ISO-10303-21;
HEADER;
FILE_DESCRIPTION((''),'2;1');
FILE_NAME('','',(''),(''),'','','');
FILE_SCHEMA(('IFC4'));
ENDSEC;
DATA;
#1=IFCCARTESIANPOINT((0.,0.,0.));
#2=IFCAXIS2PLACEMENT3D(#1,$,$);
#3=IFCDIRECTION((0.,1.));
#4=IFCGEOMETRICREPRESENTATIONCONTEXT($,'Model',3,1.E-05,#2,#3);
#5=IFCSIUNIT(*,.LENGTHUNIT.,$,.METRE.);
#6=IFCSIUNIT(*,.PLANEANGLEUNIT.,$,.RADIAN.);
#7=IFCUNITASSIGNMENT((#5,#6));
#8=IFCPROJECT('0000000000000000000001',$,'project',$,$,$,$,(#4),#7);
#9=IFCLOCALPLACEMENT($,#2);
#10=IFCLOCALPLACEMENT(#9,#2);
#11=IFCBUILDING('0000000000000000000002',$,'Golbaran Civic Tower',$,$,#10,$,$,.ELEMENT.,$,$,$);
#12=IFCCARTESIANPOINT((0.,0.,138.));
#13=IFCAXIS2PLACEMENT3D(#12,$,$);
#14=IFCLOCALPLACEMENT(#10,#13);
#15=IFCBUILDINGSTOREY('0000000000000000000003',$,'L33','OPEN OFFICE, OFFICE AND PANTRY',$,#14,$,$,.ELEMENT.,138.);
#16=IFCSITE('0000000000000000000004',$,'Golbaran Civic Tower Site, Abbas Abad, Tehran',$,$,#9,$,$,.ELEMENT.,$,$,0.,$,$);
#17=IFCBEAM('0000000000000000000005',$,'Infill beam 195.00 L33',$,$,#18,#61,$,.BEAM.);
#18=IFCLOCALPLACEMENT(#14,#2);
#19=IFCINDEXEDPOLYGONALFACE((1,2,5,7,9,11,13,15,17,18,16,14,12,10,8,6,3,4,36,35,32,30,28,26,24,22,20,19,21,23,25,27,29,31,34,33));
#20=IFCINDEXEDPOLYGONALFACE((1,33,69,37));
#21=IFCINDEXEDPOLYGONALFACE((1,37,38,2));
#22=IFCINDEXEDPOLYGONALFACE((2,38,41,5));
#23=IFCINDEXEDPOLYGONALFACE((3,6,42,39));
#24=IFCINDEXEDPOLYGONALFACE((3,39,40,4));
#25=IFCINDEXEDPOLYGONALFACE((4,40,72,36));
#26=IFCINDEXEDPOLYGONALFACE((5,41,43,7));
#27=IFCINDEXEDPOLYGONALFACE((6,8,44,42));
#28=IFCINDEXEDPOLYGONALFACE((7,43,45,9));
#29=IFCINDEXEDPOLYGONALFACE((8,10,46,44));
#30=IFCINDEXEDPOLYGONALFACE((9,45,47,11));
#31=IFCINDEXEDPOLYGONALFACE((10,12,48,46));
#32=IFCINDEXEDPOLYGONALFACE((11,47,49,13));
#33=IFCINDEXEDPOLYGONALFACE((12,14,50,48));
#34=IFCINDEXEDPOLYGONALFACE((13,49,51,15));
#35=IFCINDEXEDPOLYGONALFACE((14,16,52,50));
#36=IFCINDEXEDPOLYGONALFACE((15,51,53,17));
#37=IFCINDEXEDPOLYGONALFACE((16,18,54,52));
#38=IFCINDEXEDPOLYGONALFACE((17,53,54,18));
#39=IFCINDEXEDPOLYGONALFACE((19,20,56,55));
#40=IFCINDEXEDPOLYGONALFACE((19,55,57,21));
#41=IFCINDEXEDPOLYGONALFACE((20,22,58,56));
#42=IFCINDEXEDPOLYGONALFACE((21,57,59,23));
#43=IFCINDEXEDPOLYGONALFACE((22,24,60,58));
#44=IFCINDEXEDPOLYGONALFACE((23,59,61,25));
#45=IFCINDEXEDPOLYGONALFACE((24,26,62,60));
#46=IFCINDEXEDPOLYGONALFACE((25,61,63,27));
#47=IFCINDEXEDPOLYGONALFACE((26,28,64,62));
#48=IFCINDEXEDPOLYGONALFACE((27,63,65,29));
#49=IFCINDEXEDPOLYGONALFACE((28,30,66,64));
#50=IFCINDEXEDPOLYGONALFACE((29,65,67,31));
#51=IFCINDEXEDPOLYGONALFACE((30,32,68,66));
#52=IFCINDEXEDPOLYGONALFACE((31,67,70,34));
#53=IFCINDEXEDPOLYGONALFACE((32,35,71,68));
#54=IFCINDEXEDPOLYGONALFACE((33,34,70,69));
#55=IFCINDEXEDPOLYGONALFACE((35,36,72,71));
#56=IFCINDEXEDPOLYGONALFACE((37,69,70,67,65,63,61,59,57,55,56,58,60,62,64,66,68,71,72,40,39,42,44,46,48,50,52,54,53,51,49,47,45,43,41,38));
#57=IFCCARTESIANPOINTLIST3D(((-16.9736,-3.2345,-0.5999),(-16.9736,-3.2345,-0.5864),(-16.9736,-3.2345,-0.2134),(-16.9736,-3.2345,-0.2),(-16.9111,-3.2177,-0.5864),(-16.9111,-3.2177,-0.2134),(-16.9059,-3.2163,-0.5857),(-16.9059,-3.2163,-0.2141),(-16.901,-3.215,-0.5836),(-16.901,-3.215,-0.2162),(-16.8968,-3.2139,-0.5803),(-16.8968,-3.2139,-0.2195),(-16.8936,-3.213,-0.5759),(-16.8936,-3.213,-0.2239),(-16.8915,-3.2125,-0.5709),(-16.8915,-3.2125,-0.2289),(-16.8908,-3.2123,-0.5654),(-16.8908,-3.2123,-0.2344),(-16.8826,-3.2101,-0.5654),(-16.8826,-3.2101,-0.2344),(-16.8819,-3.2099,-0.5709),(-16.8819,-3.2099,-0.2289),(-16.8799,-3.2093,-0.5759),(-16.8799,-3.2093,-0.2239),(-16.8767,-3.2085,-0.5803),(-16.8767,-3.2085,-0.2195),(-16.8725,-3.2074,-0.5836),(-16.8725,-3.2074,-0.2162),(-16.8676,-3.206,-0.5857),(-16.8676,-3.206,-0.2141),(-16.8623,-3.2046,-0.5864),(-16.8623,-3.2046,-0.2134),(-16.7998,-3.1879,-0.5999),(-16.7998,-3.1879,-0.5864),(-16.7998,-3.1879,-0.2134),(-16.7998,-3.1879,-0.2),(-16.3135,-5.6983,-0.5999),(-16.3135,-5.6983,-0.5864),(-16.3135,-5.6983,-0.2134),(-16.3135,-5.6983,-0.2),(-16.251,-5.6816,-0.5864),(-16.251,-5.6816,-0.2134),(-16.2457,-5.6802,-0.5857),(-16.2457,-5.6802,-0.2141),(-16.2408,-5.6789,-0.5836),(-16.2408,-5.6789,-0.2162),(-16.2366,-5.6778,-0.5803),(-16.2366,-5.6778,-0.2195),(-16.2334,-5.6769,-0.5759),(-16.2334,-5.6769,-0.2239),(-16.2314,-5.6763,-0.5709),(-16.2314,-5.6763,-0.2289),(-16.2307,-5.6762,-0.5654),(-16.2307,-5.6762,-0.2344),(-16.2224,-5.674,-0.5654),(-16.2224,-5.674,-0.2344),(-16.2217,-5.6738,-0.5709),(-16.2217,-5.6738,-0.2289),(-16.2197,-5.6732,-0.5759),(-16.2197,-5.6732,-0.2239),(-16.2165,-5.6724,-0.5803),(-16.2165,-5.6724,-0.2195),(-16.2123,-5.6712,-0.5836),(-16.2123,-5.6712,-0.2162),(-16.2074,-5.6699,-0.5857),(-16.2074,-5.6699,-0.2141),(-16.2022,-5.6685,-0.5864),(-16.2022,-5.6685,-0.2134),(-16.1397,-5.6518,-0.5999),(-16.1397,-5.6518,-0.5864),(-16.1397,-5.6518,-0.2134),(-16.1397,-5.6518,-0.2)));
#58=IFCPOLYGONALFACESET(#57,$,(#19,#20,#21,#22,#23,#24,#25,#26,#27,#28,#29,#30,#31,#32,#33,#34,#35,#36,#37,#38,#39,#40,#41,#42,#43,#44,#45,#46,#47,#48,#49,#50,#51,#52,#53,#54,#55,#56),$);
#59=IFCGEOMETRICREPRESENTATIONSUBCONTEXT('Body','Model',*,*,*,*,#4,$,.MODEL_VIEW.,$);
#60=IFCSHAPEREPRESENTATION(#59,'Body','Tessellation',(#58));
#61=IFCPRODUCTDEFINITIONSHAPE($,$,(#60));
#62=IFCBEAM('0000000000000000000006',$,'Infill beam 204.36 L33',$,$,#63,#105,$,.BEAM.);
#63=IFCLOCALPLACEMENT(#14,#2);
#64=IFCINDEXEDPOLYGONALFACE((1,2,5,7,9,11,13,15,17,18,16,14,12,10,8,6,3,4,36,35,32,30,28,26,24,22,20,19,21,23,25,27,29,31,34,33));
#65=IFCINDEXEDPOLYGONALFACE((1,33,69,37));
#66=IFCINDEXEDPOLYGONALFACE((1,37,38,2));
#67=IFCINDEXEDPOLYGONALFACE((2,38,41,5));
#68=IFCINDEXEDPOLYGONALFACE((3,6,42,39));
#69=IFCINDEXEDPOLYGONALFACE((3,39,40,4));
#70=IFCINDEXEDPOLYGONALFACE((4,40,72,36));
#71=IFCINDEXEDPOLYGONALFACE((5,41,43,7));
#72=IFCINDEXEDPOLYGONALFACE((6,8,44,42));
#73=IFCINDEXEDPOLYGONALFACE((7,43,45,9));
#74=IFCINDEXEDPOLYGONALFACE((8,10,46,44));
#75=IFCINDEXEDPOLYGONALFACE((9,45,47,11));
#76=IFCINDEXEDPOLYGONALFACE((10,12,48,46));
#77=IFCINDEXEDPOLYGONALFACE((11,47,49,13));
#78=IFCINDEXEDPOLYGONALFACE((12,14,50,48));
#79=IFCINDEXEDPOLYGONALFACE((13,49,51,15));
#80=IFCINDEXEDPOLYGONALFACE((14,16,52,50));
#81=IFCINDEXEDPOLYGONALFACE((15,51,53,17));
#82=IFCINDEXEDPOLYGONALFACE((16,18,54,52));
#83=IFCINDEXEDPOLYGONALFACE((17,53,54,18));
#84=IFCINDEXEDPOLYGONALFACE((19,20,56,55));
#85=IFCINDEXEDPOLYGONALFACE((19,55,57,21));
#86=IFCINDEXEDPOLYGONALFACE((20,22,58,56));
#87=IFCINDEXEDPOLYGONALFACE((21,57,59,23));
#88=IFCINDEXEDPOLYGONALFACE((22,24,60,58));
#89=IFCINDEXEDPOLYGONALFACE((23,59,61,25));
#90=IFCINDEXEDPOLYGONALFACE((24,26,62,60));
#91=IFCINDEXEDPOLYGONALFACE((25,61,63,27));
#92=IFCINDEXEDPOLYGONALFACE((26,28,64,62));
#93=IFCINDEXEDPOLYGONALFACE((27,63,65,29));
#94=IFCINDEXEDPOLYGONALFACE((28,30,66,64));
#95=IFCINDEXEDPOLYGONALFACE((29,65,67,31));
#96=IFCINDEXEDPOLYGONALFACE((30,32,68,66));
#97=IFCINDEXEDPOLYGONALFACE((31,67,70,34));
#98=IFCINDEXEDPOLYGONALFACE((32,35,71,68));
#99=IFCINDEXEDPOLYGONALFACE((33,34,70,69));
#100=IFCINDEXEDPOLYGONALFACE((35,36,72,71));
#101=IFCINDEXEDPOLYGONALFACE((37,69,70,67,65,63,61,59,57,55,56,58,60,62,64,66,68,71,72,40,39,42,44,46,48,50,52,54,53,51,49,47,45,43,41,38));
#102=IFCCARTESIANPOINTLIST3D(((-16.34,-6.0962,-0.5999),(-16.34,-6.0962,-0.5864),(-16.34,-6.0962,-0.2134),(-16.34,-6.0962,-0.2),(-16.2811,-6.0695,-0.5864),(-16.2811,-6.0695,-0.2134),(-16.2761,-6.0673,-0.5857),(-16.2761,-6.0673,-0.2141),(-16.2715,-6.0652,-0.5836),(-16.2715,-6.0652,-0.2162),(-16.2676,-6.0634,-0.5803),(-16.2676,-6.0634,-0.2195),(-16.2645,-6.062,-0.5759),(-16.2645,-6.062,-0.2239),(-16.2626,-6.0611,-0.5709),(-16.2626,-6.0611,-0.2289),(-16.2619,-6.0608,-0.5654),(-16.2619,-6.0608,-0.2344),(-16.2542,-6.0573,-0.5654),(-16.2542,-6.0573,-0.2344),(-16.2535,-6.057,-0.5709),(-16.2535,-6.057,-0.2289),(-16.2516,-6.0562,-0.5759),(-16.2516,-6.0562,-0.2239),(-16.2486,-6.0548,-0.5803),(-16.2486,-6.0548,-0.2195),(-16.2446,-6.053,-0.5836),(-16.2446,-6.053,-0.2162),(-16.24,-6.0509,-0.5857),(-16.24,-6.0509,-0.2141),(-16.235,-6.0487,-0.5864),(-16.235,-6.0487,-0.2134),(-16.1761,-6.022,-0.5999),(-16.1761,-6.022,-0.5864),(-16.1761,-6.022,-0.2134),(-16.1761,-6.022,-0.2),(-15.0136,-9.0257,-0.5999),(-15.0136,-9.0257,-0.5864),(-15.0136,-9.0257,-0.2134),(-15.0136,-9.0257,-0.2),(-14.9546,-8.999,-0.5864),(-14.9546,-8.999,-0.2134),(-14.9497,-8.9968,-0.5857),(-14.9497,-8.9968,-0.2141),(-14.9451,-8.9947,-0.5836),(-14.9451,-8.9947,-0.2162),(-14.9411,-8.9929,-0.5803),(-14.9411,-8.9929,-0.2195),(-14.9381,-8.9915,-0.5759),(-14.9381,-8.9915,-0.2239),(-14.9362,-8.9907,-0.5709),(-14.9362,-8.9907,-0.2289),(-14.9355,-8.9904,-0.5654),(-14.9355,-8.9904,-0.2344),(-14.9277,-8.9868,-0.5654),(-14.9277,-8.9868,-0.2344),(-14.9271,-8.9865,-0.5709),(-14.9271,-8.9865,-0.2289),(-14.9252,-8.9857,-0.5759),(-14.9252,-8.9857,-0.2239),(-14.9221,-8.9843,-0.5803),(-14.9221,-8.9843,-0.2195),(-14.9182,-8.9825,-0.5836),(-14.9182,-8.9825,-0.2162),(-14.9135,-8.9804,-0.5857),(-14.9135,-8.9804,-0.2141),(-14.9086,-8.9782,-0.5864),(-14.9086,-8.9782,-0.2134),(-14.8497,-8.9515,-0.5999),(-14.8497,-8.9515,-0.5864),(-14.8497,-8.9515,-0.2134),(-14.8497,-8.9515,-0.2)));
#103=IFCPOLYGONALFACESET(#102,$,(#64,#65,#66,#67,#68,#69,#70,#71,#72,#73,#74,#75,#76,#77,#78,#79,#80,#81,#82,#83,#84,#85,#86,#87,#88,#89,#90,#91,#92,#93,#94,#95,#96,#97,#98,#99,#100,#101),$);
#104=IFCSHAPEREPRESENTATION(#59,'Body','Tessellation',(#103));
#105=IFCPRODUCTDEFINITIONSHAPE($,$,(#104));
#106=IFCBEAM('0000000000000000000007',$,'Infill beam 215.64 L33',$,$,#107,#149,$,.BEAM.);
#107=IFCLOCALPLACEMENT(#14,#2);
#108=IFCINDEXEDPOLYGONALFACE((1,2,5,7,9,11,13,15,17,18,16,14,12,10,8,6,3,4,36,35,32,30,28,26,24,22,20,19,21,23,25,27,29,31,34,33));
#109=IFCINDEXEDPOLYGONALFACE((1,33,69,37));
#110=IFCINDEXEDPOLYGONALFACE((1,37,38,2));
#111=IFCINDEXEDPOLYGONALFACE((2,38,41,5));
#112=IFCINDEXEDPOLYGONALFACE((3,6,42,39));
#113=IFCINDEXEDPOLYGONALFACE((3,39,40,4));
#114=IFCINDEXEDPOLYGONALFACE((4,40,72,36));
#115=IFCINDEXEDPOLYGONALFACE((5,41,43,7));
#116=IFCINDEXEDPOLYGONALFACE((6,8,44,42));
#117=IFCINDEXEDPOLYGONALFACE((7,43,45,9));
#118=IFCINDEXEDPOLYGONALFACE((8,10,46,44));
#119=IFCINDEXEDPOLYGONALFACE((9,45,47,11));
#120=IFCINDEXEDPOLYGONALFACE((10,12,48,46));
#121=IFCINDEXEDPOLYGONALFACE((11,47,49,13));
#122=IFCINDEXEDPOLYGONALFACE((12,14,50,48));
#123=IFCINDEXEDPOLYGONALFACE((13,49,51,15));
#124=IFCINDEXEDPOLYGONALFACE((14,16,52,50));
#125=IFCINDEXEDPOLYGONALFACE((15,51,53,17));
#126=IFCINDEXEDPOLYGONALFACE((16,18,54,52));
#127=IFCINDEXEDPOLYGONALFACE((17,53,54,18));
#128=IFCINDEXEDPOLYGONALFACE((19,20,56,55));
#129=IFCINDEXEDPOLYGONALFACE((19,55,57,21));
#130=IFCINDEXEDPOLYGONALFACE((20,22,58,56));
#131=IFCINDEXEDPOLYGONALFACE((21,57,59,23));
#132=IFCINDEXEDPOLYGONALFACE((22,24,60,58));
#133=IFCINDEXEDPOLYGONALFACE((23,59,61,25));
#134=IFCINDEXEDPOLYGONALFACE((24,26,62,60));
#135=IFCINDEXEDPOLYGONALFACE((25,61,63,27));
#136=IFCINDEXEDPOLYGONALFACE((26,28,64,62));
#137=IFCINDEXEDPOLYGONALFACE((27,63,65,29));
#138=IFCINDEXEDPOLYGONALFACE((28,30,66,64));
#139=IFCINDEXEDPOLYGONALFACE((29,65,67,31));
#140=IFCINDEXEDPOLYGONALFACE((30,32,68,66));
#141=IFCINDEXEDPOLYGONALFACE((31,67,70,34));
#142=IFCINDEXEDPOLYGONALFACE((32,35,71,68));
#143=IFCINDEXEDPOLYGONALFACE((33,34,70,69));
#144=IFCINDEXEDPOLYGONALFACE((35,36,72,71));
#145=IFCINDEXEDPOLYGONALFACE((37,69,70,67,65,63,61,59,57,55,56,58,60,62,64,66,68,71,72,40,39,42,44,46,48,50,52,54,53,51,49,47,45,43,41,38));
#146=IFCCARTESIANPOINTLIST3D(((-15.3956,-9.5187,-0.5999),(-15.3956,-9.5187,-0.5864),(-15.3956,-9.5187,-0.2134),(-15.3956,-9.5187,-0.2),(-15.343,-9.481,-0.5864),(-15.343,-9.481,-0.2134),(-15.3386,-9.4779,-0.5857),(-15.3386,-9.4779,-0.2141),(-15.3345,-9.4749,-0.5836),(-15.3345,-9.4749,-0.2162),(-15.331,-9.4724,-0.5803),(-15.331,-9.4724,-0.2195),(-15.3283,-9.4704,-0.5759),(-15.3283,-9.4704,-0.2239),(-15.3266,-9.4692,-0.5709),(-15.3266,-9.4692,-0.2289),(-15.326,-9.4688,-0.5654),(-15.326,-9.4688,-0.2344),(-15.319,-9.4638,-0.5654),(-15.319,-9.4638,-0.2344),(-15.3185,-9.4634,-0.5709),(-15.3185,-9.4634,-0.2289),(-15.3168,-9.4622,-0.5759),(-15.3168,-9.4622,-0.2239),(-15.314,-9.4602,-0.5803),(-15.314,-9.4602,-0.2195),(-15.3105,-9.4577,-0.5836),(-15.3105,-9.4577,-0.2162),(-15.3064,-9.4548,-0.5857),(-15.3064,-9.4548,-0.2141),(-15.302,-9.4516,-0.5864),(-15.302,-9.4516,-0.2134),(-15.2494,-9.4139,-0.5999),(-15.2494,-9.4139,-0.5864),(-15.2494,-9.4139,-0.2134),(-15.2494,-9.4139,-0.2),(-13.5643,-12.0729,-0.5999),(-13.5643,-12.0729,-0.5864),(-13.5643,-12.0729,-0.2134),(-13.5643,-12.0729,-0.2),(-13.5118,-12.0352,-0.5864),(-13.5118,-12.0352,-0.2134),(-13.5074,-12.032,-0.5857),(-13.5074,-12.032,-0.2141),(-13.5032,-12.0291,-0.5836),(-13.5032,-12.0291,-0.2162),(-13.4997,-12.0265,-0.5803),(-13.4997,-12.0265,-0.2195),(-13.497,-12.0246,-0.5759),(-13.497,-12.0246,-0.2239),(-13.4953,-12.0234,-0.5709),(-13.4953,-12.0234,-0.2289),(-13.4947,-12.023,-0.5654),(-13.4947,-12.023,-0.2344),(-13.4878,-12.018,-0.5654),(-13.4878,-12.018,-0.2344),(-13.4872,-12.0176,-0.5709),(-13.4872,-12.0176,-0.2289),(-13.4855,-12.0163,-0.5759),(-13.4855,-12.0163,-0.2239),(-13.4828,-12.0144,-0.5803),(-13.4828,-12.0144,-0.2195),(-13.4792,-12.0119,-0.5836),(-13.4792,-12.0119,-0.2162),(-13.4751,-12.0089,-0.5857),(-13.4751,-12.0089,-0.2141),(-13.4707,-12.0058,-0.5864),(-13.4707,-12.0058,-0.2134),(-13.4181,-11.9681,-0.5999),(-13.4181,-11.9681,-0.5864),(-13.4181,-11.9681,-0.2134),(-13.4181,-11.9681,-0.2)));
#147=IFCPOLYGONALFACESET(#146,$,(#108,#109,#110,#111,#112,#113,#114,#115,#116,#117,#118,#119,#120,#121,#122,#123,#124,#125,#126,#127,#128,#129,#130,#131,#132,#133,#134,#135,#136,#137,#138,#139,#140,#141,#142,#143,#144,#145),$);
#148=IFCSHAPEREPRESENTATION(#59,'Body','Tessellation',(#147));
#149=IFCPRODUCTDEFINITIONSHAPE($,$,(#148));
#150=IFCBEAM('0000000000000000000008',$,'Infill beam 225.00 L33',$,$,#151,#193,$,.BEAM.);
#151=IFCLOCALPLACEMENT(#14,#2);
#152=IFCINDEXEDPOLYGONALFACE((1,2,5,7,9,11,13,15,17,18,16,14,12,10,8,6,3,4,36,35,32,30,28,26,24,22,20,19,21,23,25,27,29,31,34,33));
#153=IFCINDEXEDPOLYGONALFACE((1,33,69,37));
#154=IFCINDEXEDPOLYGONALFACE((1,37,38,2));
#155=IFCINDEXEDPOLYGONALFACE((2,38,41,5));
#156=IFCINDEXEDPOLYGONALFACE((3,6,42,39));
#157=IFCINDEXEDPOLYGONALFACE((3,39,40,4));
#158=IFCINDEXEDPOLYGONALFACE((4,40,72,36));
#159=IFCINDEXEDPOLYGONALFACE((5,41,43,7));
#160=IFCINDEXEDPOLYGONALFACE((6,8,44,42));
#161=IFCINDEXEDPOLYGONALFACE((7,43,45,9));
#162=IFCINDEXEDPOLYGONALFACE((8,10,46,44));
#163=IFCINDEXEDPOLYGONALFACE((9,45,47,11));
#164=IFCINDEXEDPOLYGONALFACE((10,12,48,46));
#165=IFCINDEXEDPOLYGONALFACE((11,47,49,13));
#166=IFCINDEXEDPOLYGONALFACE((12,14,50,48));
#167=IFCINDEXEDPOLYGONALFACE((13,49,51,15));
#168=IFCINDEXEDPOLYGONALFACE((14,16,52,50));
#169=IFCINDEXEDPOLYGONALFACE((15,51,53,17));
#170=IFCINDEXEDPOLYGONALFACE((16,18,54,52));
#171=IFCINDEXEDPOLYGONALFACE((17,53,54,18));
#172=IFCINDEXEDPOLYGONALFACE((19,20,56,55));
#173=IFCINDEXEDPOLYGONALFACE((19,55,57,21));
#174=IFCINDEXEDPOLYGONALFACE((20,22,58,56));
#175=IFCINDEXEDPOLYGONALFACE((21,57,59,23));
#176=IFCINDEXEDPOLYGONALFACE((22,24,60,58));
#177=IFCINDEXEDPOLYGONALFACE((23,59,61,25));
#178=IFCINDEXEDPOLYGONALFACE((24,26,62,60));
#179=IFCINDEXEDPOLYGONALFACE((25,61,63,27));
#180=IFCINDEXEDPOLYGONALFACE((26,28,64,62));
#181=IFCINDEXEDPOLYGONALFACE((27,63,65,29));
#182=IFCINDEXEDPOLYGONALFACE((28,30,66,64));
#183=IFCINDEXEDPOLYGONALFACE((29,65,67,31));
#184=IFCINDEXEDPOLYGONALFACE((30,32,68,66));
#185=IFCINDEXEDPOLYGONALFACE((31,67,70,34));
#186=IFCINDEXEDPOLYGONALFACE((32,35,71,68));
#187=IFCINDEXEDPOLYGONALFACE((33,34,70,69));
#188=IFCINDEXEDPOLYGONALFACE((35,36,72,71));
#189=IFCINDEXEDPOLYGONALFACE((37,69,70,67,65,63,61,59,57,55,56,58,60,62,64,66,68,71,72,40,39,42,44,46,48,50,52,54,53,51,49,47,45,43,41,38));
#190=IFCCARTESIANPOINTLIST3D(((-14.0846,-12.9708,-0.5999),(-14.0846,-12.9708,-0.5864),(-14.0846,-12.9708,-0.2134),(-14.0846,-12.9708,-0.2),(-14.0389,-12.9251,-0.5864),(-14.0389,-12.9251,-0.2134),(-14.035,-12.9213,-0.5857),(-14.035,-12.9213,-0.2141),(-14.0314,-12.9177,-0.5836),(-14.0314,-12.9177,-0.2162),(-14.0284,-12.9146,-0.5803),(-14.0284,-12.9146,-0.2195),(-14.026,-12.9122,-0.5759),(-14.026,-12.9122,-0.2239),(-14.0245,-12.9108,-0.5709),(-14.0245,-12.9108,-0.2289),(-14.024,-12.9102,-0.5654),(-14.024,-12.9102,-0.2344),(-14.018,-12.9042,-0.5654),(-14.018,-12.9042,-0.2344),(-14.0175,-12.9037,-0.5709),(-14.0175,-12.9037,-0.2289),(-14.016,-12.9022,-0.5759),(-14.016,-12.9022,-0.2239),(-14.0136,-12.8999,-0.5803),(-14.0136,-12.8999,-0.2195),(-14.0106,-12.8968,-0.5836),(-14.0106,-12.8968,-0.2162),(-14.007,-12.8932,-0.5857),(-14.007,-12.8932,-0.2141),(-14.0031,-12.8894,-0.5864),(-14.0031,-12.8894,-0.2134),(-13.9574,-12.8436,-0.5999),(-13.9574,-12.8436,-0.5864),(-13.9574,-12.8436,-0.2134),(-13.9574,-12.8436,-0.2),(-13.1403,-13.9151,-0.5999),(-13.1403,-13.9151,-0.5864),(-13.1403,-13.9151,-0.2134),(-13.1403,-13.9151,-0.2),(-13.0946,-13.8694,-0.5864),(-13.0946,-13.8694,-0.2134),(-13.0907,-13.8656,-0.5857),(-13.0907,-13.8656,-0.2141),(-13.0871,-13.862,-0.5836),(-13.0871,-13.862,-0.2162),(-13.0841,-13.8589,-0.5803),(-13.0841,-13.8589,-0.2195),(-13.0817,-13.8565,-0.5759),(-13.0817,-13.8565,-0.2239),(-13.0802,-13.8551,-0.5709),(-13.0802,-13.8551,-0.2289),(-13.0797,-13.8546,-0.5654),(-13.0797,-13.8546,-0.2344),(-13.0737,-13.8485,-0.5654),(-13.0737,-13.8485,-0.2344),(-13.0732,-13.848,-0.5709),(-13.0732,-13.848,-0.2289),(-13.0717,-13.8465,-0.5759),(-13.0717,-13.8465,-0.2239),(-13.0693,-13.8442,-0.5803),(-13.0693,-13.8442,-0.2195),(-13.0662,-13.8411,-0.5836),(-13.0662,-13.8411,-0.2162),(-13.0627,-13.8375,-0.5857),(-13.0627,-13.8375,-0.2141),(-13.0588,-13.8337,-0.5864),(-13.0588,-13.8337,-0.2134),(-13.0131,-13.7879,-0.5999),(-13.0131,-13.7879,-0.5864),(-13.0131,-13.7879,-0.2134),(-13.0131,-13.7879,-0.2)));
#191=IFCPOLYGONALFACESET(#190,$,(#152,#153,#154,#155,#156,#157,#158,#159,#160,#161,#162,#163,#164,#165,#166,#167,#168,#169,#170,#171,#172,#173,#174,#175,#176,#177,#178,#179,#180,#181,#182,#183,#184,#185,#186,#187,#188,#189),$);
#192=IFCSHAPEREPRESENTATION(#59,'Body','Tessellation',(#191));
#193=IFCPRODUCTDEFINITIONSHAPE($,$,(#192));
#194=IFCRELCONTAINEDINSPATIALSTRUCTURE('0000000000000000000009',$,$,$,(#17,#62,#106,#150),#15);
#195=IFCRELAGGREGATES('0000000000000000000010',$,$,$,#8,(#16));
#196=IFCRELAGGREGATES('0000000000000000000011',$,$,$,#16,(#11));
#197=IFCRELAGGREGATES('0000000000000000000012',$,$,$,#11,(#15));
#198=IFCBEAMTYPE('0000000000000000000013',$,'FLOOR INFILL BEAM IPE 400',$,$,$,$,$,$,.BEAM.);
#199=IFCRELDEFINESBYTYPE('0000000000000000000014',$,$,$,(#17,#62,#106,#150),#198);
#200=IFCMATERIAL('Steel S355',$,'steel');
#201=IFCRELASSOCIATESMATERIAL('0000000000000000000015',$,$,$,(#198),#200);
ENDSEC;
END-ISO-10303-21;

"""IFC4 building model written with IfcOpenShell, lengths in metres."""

from ifc_helpers import new_model, si_unit, direction, frame, origin, origin_2d, place, context, subcontext, project, spatial, i_section, extrude, material, material_profile, profile_set, type_object, element, save


model = new_model("IFC4")

# Units and contexts
model_context = context("Model", 3, precision=1e-05, world=origin(), true_north=direction((0.0, 1.0)))
body_context = subcontext(model_context, "Body", "Model", "MODEL_VIEW")
ifc_project = project(units=[si_unit("LENGTHUNIT", "METRE"), si_unit("PLANEANGLEUNIT", "RADIAN")], contexts=[model_context])

# Site, building, storey
site_placement = place(None, origin())
site = spatial("IfcSite", under=ifc_project, at=site_placement, Name="Golbaran Civic Tower Site, Abbas Abad, Tehran", CompositionType="ELEMENT", RefElevation=0.0)
building_placement = place(site_placement, origin())
building = spatial("IfcBuilding", under=site, at=building_placement, Name="Golbaran Civic Tower", CompositionType="ELEMENT")
storey_placement = place(building_placement, frame((0.0, 0.0, 138.0)))
storey = spatial("IfcBuildingStorey", under=building, at=storey_placement, Name="L33", Description="OPEN OFFICE, OFFICE AND PANTRY", CompositionType="ELEMENT", Elevation=138.0)

# Beams
ifc_material_1 = material(Name="Steel S355", Category="steel")
ifc_material_profile_1 = material_profile(ifc_material_1, i_section(OverallWidth=0.1799, OverallDepth=0.3999, WebThickness=0.0085, FlangeThickness=0.0134, FilletRadius=0.021, at=origin_2d()), Name="IPE 400")
ifc_profile_set_1 = profile_set([ifc_material_profile_1], Name="Steel S355")
beam_type_1 = type_object("IfcBeamType", Name="FLOOR INFILL BEAM IPE 400", PredefinedType="BEAM", material=ifc_profile_set_1)
beam_1_placement = place(storey_placement, frame((-16.8867, -3.2112, -0.3999), z_axis=(0.258806, -0.965929, 0.0), x_axis=(0.965929, 0.258806, 0.0)))
element("IfcBeam", 1, at=beam_1_placement, inside=storey, type_object=beam_type_1, Name="Infill beam 195.00 L33", PredefinedType="BEAM", context=body_context, shape_type="SweptSolid", body=[
    extrude(i_section(OverallWidth=0.1799, OverallDepth=0.3999, WebThickness=0.0085, FlangeThickness=0.0134, FilletRadius=0.021, at=origin_2d()), origin(), (0.0, 0.0, 1.0), 2.5508),
])
beam_2_placement = place(storey_placement, frame((-16.2581, -6.0591, -0.3999), z_axis=(0.412475, -0.910969, 0.0), x_axis=(0.910969, 0.412475, 0.0)))
element("IfcBeam", 2, at=beam_2_placement, inside=storey, type_object=beam_type_1, Name="Infill beam 204.36 L33", PredefinedType="BEAM", context=body_context, shape_type="SweptSolid", body=[
    extrude(i_section(OverallWidth=0.1799, OverallDepth=0.3999, WebThickness=0.0085, FlangeThickness=0.0134, FilletRadius=0.021, at=origin_2d()), origin(), (0.0, 0.0, 1.0), 3.2158),
])
beam_3_placement = place(storey_placement, frame((-15.3225, -9.4663, -0.3999), z_axis=(0.582685, -0.812698, 0.0), x_axis=(0.812698, 0.582685, 0.0)))
element("IfcBeam", 3, at=beam_3_placement, inside=storey, type_object=beam_type_1, Name="Infill beam 215.64 L33", PredefinedType="BEAM", context=body_context, shape_type="SweptSolid", body=[
    extrude(i_section(OverallWidth=0.1799, OverallDepth=0.3999, WebThickness=0.0085, FlangeThickness=0.0134, FilletRadius=0.021, at=origin_2d()), origin(), (0.0, 0.0, 1.0), 3.1428),
])
beam_4_placement = place(storey_placement, frame((-14.021, -12.9072, -0.3999), z_axis=(0.707107, -0.707107, 0.0), x_axis=(0.707107, 0.707107, 0.0)))
element("IfcBeam", 4, at=beam_4_placement, inside=storey, type_object=beam_type_1, Name="Infill beam 225.00 L33", PredefinedType="BEAM", context=body_context, shape_type="SweptSolid", body=[
    extrude(i_section(OverallWidth=0.1799, OverallDepth=0.3999, WebThickness=0.0085, FlangeThickness=0.0134, FilletRadius=0.021, at=origin_2d()), origin(), (0.0, 0.0, 1.0), 1.3354),
])

save(model, "model.ifc")
